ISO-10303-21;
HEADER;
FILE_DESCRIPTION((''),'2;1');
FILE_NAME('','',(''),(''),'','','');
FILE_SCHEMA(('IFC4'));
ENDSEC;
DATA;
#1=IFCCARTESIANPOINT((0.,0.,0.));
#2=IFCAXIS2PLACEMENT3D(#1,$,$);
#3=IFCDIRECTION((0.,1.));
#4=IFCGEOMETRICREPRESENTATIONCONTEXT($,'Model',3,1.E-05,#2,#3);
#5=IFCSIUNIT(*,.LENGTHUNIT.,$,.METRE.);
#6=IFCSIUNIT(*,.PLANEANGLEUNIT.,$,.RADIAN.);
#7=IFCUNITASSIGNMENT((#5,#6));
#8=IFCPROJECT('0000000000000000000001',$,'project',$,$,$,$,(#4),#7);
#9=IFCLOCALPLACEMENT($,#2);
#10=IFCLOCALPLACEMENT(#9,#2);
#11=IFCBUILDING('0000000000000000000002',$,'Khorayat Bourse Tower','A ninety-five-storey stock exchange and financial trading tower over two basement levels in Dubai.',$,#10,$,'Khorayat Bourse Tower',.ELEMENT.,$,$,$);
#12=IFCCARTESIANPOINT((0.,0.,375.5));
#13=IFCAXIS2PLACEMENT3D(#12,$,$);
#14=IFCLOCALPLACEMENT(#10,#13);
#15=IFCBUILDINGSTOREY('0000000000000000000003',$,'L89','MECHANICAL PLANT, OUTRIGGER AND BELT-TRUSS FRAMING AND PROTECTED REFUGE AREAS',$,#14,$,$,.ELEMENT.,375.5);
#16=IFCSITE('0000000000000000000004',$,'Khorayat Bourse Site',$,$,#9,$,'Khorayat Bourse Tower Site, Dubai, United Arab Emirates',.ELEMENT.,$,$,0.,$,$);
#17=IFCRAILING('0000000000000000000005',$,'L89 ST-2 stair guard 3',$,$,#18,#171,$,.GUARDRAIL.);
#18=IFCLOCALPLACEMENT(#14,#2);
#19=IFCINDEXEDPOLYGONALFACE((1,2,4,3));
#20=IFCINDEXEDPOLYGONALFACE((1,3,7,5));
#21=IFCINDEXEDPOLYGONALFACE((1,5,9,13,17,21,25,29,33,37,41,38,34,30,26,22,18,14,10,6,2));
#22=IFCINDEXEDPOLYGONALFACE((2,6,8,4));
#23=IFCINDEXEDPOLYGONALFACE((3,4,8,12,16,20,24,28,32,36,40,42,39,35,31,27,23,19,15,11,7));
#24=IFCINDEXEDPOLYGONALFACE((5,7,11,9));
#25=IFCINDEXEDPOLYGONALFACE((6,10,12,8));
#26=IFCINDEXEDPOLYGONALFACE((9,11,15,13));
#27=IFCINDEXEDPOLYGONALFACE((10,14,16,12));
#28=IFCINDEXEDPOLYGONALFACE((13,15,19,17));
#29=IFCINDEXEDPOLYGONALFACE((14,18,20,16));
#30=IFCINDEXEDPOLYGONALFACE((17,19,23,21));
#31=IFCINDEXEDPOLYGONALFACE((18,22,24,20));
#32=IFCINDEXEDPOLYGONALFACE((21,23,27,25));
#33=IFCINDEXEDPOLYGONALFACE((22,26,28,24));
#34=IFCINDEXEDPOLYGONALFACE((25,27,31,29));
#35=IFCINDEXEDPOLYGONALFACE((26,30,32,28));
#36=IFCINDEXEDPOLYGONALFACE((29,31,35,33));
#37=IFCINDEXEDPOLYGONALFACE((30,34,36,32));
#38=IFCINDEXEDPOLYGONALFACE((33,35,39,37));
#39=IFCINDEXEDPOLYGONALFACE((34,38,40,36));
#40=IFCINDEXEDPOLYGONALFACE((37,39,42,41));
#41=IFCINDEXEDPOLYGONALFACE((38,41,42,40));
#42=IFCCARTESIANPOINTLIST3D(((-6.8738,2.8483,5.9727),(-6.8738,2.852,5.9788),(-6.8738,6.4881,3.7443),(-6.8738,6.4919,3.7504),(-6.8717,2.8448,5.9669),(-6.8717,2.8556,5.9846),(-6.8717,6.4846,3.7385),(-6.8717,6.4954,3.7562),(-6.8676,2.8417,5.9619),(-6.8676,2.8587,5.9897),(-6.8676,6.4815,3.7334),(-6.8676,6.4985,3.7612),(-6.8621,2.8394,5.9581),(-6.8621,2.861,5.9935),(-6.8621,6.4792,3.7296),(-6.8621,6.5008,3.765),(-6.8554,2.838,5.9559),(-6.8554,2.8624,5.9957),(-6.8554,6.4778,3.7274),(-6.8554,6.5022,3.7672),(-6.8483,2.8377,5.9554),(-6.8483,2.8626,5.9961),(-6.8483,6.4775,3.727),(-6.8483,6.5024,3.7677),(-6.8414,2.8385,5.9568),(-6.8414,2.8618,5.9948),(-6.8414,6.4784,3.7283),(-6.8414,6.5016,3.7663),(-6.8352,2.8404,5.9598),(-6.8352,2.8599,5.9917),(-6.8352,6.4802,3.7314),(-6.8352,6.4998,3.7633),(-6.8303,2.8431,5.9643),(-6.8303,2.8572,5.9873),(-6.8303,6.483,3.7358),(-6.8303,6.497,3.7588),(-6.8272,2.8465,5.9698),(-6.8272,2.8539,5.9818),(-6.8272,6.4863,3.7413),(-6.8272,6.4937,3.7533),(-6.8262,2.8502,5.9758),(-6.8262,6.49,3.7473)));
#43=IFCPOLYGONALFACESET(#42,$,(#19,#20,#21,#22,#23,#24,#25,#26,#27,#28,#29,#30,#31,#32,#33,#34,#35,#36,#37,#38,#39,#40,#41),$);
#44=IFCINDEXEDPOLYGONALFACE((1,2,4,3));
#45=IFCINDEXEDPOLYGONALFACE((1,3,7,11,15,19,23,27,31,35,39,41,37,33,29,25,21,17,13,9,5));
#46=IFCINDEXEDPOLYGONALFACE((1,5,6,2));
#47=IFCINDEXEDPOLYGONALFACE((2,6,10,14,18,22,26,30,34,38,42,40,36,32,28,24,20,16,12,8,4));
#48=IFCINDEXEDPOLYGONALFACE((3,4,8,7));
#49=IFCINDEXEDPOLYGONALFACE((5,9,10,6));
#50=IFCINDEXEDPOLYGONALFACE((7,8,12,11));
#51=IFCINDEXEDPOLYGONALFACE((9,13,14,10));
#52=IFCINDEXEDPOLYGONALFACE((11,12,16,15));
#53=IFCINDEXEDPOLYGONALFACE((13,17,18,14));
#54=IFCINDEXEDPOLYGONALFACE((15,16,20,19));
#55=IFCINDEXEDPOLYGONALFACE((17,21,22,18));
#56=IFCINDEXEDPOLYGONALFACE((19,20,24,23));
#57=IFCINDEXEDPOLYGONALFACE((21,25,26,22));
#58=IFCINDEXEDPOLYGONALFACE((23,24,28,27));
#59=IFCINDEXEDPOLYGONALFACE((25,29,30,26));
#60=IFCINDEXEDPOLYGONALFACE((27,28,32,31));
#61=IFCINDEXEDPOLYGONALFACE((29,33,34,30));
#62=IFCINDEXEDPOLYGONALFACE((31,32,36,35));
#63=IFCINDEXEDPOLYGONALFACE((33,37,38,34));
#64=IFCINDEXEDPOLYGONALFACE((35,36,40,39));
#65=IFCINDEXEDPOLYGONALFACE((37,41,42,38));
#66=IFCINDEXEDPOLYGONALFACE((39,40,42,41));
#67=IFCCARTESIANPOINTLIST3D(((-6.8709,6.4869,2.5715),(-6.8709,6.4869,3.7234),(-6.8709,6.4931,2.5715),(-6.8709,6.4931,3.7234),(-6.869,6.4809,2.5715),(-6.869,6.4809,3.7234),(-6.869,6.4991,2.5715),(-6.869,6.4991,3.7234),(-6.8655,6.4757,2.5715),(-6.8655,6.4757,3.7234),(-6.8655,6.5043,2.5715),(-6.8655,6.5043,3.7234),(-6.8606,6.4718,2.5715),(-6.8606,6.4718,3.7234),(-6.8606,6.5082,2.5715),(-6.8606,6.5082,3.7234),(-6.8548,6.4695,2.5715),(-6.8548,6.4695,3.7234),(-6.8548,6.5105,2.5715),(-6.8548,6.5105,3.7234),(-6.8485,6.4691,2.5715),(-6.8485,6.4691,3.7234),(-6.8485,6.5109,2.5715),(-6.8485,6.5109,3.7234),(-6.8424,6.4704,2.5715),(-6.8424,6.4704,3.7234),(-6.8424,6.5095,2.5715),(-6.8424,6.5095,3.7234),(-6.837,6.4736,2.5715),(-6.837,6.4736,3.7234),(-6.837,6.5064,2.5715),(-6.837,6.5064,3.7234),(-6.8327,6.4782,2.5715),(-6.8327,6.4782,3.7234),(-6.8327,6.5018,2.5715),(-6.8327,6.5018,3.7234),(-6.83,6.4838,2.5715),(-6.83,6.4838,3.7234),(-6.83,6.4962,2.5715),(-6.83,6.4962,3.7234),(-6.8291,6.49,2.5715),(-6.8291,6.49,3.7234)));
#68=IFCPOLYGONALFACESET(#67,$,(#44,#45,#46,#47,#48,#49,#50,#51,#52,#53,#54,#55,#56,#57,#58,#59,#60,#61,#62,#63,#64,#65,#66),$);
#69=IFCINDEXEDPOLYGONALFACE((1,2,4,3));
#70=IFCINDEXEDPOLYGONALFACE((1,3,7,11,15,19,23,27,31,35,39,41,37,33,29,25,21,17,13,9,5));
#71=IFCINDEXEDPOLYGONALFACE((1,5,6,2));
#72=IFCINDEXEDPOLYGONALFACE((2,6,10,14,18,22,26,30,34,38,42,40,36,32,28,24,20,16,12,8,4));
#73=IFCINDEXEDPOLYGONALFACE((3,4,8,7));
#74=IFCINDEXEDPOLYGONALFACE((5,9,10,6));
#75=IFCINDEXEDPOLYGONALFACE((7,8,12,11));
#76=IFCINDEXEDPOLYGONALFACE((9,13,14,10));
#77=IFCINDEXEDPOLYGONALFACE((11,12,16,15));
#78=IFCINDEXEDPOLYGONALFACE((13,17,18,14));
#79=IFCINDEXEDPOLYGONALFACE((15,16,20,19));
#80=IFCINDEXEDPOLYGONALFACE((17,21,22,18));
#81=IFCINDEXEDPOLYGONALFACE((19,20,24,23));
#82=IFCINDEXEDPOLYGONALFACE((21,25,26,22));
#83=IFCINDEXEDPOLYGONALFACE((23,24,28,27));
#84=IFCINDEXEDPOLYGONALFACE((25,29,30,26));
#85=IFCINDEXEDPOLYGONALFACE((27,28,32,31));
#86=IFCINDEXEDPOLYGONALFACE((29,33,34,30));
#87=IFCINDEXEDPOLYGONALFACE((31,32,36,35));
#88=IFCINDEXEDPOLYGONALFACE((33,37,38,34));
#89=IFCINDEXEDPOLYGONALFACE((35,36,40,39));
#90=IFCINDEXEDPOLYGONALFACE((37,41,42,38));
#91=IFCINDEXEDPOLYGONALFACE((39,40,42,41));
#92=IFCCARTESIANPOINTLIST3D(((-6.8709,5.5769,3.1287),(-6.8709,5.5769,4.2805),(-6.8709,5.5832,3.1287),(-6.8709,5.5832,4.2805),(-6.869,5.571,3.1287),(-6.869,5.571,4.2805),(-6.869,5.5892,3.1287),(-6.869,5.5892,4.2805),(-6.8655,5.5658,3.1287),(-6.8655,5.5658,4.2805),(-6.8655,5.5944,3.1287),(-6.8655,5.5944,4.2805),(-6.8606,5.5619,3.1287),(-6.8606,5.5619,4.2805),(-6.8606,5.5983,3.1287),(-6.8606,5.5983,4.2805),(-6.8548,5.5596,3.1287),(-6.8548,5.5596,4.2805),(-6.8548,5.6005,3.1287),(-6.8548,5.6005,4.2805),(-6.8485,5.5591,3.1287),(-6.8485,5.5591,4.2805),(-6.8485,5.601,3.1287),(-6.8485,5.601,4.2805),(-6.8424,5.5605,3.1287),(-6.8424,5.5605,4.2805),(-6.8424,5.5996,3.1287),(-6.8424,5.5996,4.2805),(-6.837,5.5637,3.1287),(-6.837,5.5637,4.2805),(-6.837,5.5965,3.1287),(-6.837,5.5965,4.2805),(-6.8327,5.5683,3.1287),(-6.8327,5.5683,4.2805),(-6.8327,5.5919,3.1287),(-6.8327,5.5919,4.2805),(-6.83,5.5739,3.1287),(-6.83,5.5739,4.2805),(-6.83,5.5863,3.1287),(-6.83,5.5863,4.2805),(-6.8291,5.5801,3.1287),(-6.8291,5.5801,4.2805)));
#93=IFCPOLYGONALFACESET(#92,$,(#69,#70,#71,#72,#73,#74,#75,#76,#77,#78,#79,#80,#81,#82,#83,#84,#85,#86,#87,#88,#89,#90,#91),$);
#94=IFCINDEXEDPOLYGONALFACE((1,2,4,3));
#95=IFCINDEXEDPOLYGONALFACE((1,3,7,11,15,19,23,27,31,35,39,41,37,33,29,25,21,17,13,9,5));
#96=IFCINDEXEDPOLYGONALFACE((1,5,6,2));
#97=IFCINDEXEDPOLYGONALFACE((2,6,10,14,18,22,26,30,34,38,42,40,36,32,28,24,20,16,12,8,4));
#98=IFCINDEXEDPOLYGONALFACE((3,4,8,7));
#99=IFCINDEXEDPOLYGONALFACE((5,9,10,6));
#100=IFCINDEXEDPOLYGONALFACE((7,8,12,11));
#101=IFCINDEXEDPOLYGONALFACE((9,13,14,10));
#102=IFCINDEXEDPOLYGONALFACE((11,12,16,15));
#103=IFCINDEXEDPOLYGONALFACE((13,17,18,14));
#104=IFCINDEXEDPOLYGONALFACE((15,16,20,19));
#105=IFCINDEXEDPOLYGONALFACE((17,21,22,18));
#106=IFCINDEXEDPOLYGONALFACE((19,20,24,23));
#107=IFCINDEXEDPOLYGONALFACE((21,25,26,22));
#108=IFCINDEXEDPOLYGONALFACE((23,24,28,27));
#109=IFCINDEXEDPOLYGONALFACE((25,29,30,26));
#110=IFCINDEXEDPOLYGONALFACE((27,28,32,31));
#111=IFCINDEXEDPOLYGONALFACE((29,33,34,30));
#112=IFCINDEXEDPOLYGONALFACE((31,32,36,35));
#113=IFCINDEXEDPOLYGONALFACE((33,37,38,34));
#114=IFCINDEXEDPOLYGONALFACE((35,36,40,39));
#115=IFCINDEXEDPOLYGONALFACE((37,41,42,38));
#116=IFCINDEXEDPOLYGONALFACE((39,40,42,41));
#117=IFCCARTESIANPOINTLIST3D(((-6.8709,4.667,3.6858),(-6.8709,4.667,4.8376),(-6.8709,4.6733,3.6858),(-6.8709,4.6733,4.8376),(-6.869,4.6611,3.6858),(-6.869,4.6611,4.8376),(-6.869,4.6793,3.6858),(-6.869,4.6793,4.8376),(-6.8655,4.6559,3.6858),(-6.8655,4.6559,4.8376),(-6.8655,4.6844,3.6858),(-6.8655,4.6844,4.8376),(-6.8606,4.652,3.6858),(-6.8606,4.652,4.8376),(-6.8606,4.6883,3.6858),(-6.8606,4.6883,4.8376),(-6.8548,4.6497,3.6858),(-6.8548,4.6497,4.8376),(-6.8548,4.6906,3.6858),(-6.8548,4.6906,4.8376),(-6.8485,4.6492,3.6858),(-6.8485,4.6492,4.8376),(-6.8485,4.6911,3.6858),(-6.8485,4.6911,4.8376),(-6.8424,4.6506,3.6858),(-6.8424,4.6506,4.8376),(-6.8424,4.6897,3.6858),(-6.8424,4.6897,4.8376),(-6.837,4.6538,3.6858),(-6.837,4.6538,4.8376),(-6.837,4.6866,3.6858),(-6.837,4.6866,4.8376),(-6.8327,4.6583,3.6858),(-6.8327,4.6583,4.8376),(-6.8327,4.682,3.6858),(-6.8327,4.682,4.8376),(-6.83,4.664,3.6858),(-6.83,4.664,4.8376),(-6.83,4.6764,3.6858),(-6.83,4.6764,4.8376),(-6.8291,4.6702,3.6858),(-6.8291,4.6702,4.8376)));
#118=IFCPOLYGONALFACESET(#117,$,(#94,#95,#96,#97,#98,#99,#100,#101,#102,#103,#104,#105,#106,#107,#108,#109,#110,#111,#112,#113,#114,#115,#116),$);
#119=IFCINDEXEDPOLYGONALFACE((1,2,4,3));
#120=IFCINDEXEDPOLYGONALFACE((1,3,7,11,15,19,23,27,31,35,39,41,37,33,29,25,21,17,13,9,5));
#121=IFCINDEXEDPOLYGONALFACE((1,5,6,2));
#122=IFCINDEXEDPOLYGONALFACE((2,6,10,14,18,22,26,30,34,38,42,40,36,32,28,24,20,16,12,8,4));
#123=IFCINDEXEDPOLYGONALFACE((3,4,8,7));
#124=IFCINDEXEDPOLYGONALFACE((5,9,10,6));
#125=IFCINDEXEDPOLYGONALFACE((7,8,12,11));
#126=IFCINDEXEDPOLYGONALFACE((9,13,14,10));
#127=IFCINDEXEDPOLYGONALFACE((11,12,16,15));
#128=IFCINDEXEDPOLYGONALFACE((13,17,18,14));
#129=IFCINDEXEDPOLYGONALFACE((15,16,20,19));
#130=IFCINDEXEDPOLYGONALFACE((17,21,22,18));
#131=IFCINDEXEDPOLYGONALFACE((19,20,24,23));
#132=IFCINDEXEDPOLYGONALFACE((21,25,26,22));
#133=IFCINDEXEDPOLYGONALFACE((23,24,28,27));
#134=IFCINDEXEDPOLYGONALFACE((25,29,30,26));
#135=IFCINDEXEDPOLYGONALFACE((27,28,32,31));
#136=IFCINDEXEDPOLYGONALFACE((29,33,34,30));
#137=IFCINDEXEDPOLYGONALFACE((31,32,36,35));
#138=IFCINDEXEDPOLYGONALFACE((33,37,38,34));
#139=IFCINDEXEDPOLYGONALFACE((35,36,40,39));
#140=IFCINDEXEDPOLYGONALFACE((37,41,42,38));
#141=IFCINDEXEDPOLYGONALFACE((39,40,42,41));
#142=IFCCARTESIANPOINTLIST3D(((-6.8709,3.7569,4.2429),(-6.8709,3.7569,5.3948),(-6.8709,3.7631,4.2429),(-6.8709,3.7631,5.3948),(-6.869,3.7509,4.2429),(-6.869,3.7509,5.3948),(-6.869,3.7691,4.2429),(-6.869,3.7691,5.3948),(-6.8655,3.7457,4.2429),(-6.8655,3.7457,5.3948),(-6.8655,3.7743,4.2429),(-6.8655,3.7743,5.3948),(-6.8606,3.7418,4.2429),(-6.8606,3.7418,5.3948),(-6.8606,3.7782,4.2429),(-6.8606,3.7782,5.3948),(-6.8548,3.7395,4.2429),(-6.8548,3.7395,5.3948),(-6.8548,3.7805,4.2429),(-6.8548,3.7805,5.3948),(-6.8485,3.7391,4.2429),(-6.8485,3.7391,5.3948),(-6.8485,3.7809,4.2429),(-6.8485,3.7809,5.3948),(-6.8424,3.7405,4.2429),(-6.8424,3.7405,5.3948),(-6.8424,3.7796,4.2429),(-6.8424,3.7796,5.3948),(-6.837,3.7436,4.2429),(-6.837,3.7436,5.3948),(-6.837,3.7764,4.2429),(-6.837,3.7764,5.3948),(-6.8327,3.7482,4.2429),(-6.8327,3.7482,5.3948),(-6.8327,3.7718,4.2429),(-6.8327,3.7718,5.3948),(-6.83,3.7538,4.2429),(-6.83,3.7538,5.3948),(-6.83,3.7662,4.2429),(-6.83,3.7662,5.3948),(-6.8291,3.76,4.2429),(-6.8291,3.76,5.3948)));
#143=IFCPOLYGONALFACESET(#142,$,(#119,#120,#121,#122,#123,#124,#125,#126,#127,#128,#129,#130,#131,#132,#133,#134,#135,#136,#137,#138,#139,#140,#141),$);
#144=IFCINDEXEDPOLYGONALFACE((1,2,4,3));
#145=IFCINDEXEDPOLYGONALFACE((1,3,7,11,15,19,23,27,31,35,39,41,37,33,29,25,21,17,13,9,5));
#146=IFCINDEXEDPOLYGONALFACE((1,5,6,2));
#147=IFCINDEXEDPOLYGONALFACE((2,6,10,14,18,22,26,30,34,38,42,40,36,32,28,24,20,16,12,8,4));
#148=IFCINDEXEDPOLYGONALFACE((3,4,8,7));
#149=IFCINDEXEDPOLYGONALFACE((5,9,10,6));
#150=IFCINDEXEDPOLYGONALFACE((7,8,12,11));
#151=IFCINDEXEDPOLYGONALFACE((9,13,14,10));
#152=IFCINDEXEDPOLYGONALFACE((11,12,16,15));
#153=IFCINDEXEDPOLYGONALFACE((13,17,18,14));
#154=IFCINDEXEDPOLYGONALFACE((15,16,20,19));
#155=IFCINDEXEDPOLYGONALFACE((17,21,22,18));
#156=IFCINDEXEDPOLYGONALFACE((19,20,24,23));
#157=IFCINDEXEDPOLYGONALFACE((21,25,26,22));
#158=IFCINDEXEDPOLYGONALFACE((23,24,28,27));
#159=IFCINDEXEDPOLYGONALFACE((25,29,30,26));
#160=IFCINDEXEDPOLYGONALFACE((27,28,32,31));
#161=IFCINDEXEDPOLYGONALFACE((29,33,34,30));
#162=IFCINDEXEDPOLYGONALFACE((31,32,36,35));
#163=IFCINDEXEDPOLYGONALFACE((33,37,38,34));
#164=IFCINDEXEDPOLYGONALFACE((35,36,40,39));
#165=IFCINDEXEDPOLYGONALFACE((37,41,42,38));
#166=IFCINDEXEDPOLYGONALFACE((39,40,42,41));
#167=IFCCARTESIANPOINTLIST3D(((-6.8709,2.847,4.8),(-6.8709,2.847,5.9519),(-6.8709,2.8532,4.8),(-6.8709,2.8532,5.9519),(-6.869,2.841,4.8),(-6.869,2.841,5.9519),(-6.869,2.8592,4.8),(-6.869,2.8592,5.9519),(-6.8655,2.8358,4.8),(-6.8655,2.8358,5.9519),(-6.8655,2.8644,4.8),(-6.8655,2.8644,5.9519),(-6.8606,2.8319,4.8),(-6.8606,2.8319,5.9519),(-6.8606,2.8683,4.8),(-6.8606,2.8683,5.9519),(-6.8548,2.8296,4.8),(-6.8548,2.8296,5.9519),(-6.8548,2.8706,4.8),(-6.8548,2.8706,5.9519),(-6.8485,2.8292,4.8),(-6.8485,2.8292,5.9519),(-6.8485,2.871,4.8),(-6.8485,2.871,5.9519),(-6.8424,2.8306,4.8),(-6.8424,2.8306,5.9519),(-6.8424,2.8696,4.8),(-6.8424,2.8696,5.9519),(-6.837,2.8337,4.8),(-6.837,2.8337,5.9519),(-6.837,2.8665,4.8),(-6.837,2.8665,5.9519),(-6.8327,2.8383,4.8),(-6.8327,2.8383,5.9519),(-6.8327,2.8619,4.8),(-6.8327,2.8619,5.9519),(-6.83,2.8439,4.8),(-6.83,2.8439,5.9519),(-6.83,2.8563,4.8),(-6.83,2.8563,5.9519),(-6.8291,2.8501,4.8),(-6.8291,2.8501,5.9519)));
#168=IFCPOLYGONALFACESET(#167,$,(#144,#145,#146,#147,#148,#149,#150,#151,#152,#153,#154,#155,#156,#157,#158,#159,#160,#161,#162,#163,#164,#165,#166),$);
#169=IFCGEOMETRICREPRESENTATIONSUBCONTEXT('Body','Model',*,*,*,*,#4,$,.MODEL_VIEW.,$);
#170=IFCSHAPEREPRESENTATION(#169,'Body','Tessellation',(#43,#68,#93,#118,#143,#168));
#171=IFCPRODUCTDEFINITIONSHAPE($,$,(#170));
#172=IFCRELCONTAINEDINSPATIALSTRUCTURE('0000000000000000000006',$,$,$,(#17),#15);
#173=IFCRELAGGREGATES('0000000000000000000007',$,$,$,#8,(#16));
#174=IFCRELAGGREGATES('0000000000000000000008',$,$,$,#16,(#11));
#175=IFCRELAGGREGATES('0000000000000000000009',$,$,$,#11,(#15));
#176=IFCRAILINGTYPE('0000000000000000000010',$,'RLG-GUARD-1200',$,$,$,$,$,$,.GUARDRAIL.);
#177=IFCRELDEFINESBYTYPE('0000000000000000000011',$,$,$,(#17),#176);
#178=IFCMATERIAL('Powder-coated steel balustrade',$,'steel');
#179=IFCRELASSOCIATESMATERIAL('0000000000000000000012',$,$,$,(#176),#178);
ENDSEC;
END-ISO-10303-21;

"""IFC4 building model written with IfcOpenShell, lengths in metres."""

from ifc_helpers import new_model, si_unit, direction, frame, origin, origin_2d, place, context, subcontext, project, spatial, circle, extrude, source, transform, mapped, material, type_object, element, save


model = new_model("IFC4")

# Units and contexts
model_context = context("Model", 3, precision=1e-05, world=origin(), true_north=direction((0.0, 1.0)))
body_context = subcontext(model_context, "Body", "Model", "MODEL_VIEW")
ifc_project = project(units=[si_unit("LENGTHUNIT", "METRE"), si_unit("PLANEANGLEUNIT", "RADIAN")], contexts=[model_context])

# Site, building, storey
site_placement = place(None, origin())
site = spatial("IfcSite", under=ifc_project, at=site_placement, Name="Khorayat Bourse Site", LongName="Khorayat Bourse Tower Site, Dubai, United Arab Emirates", CompositionType="ELEMENT", RefElevation=0.0)
building_placement = place(site_placement, origin())
building = spatial("IfcBuilding", under=site, at=building_placement, Name="Khorayat Bourse Tower", Description="A ninety-five-storey stock exchange and financial trading tower over two basement levels in Dubai.", LongName="Khorayat Bourse Tower", CompositionType="ELEMENT")
storey_placement = place(building_placement, frame((0.0, 0.0, 375.5)))
storey = spatial("IfcBuildingStorey", under=building, at=storey_placement, Name="L89", Description="MECHANICAL PLANT, OUTRIGGER AND BELT-TRUSS FRAMING AND PROTECTED REFUGE AREAS", CompositionType="ELEMENT", Elevation=375.5)

# Railing
ifc_material_1 = material(Name="Powder-coated steel balustrade", Category="steel")
railing_type_1 = type_object("IfcRailingType", Name="RLG-GUARD-1200", PredefinedType="GUARDRAIL", material=ifc_material_1)
shared_shape_1 = source(origin(), body_context, "Body", "SweptSolid", [
    extrude(circle(Radius=0.0239, at=origin_2d()), frame((0.0, 0.0, 1.1758), z_axis=(0.0, -0.85285, 0.522156), x_axis=(1.0, 0.0, 0.0)), (0.0, 0.0, 1.0), 4.2678),
    extrude(circle(Radius=0.021, at=origin_2d()), origin(), (0.0, 0.0, 1.0), 1.1519),
    extrude(circle(Radius=0.021, at=origin_2d()), frame((0.0, -0.9099, 0.5571)), (0.0, 0.0, 1.0), 1.1519),
    extrude(circle(Radius=0.021, at=origin_2d()), frame((0.0, -1.8198, 1.1143)), (0.0, 0.0, 1.0), 1.1519),
    extrude(circle(Radius=0.021, at=origin_2d()), frame((0.0, -2.73, 1.6714)), (0.0, 0.0, 1.0), 1.1519),
    extrude(circle(Radius=0.021, at=origin_2d()), frame((0.0, -3.6399, 2.2285)), (0.0, 0.0, 1.0), 1.1519),
])
railing_1_placement = place(storey_placement, frame((-6.8501, 6.49, 2.5715)))
element("IfcRailing", 1, at=railing_1_placement, inside=storey, type_object=railing_type_1, Name="L89 ST-2 stair guard 3", PredefinedType="GUARDRAIL", context=body_context, shape_type="MappedRepresentation", body=[
    mapped(shared_shape_1, transform((0.0, 0.0, 0.0), scale=1.0)),
])

save(model, "model.ifc")
